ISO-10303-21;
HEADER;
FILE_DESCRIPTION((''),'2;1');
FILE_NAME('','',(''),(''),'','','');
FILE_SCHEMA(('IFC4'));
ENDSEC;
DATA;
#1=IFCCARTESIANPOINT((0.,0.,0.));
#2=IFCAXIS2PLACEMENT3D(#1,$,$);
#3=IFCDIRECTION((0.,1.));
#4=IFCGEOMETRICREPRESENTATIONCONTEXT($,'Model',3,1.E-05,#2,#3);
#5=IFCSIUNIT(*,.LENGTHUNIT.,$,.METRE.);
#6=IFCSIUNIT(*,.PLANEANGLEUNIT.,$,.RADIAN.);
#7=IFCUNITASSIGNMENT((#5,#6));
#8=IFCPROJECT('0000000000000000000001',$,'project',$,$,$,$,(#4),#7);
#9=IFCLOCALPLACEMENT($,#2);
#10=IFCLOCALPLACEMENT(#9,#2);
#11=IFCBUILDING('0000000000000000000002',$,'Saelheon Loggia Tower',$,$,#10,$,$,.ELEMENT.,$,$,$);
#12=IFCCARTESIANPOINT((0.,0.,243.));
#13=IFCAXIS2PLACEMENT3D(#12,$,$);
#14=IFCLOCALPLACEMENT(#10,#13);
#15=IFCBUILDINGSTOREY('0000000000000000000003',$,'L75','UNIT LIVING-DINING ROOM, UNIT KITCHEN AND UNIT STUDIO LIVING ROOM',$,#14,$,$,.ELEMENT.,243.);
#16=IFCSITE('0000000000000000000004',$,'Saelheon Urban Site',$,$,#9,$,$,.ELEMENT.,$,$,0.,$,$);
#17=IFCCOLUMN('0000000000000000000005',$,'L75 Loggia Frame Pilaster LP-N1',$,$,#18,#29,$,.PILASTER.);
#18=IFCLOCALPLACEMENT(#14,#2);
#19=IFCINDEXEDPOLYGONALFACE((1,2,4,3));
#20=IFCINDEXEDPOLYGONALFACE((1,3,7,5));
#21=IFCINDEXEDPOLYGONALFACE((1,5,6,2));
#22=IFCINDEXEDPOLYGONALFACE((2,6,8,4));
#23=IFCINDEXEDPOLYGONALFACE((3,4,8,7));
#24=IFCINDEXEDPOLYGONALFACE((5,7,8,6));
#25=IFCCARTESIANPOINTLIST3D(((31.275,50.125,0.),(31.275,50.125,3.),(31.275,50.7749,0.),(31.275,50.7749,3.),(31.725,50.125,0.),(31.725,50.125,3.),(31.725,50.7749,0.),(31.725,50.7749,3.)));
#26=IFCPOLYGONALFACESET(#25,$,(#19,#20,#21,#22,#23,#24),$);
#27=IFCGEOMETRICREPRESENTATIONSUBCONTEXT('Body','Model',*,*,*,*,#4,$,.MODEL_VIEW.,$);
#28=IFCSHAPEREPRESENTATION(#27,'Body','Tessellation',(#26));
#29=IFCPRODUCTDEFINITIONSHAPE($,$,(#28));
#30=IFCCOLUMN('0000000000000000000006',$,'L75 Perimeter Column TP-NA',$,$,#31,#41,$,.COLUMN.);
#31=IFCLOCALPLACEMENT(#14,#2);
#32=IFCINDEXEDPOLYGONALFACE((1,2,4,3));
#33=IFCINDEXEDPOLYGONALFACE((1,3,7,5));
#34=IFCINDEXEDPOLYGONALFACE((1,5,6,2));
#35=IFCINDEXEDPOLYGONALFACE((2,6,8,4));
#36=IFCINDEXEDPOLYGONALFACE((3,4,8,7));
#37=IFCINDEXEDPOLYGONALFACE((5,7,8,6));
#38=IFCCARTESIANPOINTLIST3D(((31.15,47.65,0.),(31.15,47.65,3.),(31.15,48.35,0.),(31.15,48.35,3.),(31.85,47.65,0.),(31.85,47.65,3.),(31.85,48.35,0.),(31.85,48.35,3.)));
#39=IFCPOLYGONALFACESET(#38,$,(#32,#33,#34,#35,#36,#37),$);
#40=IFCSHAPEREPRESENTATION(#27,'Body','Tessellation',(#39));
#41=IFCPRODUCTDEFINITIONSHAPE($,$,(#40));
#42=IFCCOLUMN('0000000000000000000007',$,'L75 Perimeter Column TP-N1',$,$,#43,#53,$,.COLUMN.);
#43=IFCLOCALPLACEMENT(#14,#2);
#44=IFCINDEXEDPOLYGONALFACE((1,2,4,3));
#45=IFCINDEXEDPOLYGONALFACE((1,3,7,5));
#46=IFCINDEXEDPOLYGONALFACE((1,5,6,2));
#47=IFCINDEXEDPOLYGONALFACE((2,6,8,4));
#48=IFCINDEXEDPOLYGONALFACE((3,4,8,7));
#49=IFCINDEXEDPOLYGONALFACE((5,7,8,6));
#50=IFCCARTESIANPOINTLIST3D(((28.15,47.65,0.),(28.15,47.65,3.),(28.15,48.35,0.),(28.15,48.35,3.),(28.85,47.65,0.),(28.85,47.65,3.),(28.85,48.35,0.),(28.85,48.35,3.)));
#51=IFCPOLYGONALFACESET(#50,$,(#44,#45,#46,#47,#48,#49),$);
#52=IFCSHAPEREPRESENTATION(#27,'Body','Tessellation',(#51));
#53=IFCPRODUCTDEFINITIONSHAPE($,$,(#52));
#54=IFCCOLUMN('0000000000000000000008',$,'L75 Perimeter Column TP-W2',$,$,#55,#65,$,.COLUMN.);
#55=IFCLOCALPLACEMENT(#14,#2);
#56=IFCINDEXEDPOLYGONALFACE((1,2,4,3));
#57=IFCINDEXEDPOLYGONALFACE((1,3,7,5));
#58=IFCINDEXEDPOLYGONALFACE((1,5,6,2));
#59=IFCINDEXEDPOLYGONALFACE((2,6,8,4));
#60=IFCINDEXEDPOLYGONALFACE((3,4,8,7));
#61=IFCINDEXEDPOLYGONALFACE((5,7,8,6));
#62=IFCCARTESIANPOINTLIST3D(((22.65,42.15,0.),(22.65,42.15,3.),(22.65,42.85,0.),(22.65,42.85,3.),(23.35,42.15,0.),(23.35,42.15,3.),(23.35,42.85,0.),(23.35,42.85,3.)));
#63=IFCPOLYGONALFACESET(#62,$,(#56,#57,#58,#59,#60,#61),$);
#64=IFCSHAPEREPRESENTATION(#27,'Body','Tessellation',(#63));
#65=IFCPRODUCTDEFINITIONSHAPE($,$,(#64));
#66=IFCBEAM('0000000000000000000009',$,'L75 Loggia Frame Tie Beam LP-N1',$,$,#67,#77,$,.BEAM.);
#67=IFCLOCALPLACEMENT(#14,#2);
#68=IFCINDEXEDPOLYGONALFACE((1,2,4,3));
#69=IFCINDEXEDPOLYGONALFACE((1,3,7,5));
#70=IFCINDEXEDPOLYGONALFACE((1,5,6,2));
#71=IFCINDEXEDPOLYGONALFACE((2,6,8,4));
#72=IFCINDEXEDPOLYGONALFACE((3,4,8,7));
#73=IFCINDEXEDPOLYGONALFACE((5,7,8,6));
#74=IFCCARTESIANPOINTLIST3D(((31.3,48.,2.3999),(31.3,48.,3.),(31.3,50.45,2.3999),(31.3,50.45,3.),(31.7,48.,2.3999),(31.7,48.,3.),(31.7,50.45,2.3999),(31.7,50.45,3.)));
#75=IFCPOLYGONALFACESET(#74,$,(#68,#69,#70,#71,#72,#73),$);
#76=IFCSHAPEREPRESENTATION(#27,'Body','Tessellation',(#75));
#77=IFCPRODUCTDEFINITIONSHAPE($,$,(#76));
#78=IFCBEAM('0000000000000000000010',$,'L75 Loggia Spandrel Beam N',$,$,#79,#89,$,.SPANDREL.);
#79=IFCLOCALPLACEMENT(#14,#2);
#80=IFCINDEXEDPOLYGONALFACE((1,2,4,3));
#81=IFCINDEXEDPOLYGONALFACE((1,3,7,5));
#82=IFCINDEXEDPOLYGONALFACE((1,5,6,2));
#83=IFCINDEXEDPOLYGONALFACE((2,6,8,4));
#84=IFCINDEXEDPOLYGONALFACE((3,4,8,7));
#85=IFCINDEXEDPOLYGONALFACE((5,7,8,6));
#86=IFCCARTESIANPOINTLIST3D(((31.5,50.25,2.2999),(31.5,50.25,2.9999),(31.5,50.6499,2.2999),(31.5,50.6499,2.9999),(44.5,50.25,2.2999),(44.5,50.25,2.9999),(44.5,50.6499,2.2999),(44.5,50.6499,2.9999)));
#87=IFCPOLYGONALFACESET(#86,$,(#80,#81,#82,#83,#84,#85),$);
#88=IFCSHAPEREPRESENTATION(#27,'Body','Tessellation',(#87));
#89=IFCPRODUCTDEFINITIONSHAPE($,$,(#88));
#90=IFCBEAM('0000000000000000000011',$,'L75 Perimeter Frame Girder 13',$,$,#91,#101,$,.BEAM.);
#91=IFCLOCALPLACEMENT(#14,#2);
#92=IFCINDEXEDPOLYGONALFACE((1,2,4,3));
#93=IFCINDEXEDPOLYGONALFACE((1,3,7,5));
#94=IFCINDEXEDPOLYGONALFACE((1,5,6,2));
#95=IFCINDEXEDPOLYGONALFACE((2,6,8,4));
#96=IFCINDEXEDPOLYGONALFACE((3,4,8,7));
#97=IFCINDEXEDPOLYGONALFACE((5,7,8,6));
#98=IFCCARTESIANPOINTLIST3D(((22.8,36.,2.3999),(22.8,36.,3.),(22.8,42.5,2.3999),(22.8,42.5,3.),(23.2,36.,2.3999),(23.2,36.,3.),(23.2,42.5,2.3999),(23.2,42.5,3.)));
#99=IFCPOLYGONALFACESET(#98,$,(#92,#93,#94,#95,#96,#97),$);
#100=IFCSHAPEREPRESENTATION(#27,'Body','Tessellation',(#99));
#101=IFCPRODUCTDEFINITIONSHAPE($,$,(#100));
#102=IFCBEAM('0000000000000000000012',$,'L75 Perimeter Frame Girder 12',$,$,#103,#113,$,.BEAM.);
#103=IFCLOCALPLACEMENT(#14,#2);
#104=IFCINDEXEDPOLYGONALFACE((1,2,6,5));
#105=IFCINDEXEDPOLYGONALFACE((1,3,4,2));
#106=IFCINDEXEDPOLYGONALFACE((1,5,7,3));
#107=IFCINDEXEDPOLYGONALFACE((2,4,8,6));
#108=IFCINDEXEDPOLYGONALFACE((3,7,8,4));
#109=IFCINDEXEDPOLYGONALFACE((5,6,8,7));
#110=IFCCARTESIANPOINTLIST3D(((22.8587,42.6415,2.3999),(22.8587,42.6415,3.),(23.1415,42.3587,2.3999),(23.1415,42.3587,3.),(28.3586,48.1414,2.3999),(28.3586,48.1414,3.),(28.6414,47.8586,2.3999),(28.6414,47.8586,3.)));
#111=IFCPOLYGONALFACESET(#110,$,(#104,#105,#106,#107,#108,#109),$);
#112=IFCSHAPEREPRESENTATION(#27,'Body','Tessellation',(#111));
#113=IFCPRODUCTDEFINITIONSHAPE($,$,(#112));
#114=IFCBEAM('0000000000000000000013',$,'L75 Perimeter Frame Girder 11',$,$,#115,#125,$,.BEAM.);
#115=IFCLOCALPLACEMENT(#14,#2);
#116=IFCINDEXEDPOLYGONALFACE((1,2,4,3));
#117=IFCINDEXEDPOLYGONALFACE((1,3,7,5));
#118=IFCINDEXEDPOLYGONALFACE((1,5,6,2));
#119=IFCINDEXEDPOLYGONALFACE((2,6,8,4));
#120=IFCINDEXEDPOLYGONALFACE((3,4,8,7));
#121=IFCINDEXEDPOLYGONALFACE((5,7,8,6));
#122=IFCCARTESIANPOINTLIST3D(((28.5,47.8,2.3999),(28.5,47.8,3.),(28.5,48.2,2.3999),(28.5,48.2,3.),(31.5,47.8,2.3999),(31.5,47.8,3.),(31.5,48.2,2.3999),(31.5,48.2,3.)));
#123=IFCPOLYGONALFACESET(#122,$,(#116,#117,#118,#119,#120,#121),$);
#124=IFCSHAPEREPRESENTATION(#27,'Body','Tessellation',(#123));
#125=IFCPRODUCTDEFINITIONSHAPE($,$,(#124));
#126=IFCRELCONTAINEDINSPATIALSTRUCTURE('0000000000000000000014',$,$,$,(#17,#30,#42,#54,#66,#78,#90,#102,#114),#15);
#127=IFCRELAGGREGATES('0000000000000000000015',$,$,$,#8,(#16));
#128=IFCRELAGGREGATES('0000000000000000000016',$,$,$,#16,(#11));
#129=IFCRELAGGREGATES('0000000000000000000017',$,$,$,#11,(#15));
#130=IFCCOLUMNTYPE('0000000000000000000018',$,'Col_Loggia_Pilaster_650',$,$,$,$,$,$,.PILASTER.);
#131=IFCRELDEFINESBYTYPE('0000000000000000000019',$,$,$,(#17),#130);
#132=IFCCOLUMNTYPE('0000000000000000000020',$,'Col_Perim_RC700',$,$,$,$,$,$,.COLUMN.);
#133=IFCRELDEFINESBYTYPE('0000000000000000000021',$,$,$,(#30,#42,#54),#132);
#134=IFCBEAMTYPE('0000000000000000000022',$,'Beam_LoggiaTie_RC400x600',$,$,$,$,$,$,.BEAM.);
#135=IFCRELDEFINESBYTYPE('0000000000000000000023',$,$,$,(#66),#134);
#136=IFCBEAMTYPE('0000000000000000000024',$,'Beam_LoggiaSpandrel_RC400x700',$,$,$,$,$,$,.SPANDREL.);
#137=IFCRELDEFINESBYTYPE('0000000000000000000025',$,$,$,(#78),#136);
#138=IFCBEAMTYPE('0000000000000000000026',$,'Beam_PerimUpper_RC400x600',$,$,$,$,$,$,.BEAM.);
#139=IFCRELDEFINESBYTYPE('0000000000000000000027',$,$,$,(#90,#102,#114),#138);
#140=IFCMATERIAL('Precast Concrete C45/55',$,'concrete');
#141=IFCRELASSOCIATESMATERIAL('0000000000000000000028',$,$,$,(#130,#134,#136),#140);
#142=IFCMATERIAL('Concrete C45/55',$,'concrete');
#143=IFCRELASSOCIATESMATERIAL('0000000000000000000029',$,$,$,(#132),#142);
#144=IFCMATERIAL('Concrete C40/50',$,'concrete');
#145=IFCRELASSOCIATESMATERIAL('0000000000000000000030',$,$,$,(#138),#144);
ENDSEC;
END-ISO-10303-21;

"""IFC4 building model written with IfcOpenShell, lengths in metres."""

from ifc_helpers import new_model, si_unit, direction, frame, origin, origin_2d, place, context, subcontext, project, spatial, rectangle, extrude, source, transform, mapped, material, material_profile, profile_set, type_object, element, save


model = new_model("IFC4")

# Units and contexts
model_context = context("Model", 3, precision=1e-05, world=origin(), true_north=direction((0.0, 1.0)))
body_context = subcontext(model_context, "Body", "Model", "MODEL_VIEW")
ifc_project = project(units=[si_unit("LENGTHUNIT", "METRE"), si_unit("PLANEANGLEUNIT", "RADIAN")], contexts=[model_context])

# Site, building, storey
site_placement = place(None, origin())
site = spatial("IfcSite", under=ifc_project, at=site_placement, Name="Saelheon Urban Site", CompositionType="ELEMENT", RefElevation=0.0)
building_placement = place(site_placement, origin())
building = spatial("IfcBuilding", under=site, at=building_placement, Name="Saelheon Loggia Tower", CompositionType="ELEMENT")
storey_placement = place(building_placement, frame((0.0, 0.0, 243.0)))
storey = spatial("IfcBuildingStorey", under=building, at=storey_placement, Name="L75", Description="UNIT LIVING-DINING ROOM, UNIT KITCHEN AND UNIT STUDIO LIVING ROOM", CompositionType="ELEMENT", Elevation=243.0)

# Columns
ifc_material_1 = material(Name="Precast Concrete C45/55", Category="concrete")
ifc_material_profile_1 = material_profile(ifc_material_1, rectangle(XDim=0.45, YDim=0.6499, at=origin_2d()), Name="RC-450x650")
ifc_profile_set_1 = profile_set([ifc_material_profile_1], Name="Precast Concrete C45/55")
column_type_1 = type_object("IfcColumnType", Name="Col_Loggia_Pilaster_650", PredefinedType="PILASTER", material=ifc_profile_set_1)
shared_shape_1 = source(origin(), body_context, "Body", "SweptSolid", [
    extrude(rectangle(XDim=0.45, YDim=0.6499, at=origin_2d()), origin(), (0.0, 0.0, 1.0), 3.0),
])
column_placement = place(storey_placement, frame((31.5, 50.45, 0.0), z_axis=(0.0, 0.0, 1.0), x_axis=(1.0, 0.0, 0.0)))
element("IfcColumn", 1, at=column_placement, inside=storey, type_object=column_type_1, Name="L75 Loggia Frame Pilaster LP-N1", PredefinedType="PILASTER", context=body_context, shape_type="MappedRepresentation", body=[
    mapped(shared_shape_1, transform((0.0, 0.0, 0.0), scale=1.0)),
])
ifc_material_2 = material(Name="Concrete C45/55", Category="concrete")
ifc_material_profile_2 = material_profile(ifc_material_2, rectangle(XDim=0.7, YDim=0.7, at=origin_2d()), Name="RC-700x700")
ifc_profile_set_2 = profile_set([ifc_material_profile_2], Name="Concrete C45/55")
column_type_2 = type_object("IfcColumnType", Name="Col_Perim_RC700", PredefinedType="COLUMN", material=ifc_profile_set_2)
shared_shape_2 = source(origin(), body_context, "Body", "SweptSolid", [
    extrude(rectangle(XDim=0.7, YDim=0.7, at=origin_2d()), origin(), (0.0, 0.0, 1.0), 3.0),
])
for number, where, z_axis, x_axis, name in (
    (2, (31.5, 48.0, 0.0), (0.0, 0.0, 1.0), (1.0, 0.0, 0.0), "L75 Perimeter Column TP-NA"),
    (3, (28.5, 48.0, 0.0), (0.0, 0.0, 1.0), (1.0, 0.0, 0.0), "L75 Perimeter Column TP-N1"),
    (4, (23.0, 42.5, 0.0), (0.0, 0.0, 1.0), (1.0, 0.0, 0.0), "L75 Perimeter Column TP-W2"),
):
    element("IfcColumn", number, at=place(storey_placement, frame(where, z_axis=z_axis, x_axis=x_axis)), inside=storey, type_object=column_type_2, Name=name, PredefinedType="COLUMN", context=body_context, shape_type="MappedRepresentation", body=[
        mapped(shared_shape_2, transform((0.0, 0.0, 0.0), scale=1.0)),
    ])

# Beams
ifc_material_profile_3 = material_profile(ifc_material_1, rectangle(XDim=0.3999, YDim=0.6001, at=origin_2d()), Name="RC-400x600")
ifc_profile_set_3 = profile_set([ifc_material_profile_3], Name="Precast Concrete C45/55")
beam_type_1 = type_object("IfcBeamType", Name="Beam_LoggiaTie_RC400x600", PredefinedType="BEAM", material=ifc_profile_set_3)
shared_shape_3 = source(origin(), body_context, "Body", "SweptSolid", [
    extrude(rectangle(XDim=0.3999, YDim=0.6001, at=origin_2d()), origin(), (0.0, 0.0, 1.0), 2.45),
])
beam_1_placement = place(storey_placement, frame((31.5, 48.0, 2.7), z_axis=(0.0, 1.0, 0.0), x_axis=(-1.0, 0.0, 0.0)))
element("IfcBeam", 5, at=beam_1_placement, inside=storey, type_object=beam_type_1, Name="L75 Loggia Frame Tie Beam LP-N1", PredefinedType="BEAM", context=body_context, shape_type="MappedRepresentation", body=[
    mapped(shared_shape_3, transform((0.0, 0.0, 0.0), scale=1.0)),
])
ifc_material_profile_4 = material_profile(ifc_material_1, rectangle(XDim=0.3999, YDim=0.7, at=origin_2d()), Name="RC-400x700")
ifc_profile_set_4 = profile_set([ifc_material_profile_4], Name="Precast Concrete C45/55")
beam_type_2 = type_object("IfcBeamType", Name="Beam_LoggiaSpandrel_RC400x700", PredefinedType="SPANDREL", material=ifc_profile_set_4)
shared_shape_4 = source(origin(), body_context, "Body", "SweptSolid", [
    extrude(rectangle(XDim=0.3999, YDim=0.7, at=origin_2d()), origin(), (0.0, 0.0, 1.0), 13.0),
])
beam_2_placement = place(storey_placement, frame((31.5, 50.45, 2.6499), z_axis=(1.0, 0.0, 0.0), x_axis=(0.0, 1.0, 0.0)))
element("IfcBeam", 6, at=beam_2_placement, inside=storey, type_object=beam_type_2, Name="L75 Loggia Spandrel Beam N", PredefinedType="SPANDREL", context=body_context, shape_type="MappedRepresentation", body=[
    mapped(shared_shape_4, transform((0.0, 0.0, 0.0), scale=1.0)),
])
ifc_material_3 = material(Name="Concrete C40/50", Category="concrete")
ifc_material_profile_5 = material_profile(ifc_material_3, rectangle(XDim=0.3999, YDim=0.6001, at=origin_2d()), Name="RC-400x600")
ifc_profile_set_5 = profile_set([ifc_material_profile_5], Name="Concrete C40/50")
beam_type_3 = type_object("IfcBeamType", Name="Beam_PerimUpper_RC400x600", PredefinedType="BEAM", material=ifc_profile_set_5)
shared_shape_5 = source(origin(), body_context, "Body", "SweptSolid", [
    extrude(rectangle(XDim=0.3999, YDim=0.6001, at=origin_2d()), origin(), (0.0, 0.0, 1.0), 6.5),
])
beam_3_placement = place(storey_placement, frame((23.0, 42.5, 2.7), z_axis=(0.0, -1.0, 0.0), x_axis=(1.0, 0.0, 0.0)))
element("IfcBeam", 7, at=beam_3_placement, inside=storey, type_object=beam_type_3, Name="L75 Perimeter Frame Girder 13", PredefinedType="BEAM", context=body_context, shape_type="MappedRepresentation", body=[
    mapped(shared_shape_5, transform((0.0, 0.0, 0.0), scale=1.0)),
])
shared_shape_6 = source(origin(), body_context, "Body", "SweptSolid", [
    extrude(rectangle(XDim=0.3999, YDim=0.6001, at=origin_2d()), origin(), (0.0, 0.0, 1.0), 7.7781),
])
beam_4_placement = place(storey_placement, frame((28.5, 48.0, 2.7), z_axis=(-0.707107, -0.707107, 0.0), x_axis=(0.707107, -0.707107, 0.0)))
element("IfcBeam", 8, at=beam_4_placement, inside=storey, type_object=beam_type_3, Name="L75 Perimeter Frame Girder 12", PredefinedType="BEAM", context=body_context, shape_type="MappedRepresentation", body=[
    mapped(shared_shape_6, transform((0.0, 0.0, 0.0), scale=1.0)),
])
shared_shape_7 = source(origin(), body_context, "Body", "SweptSolid", [
    extrude(rectangle(XDim=0.3999, YDim=0.6001, at=origin_2d()), origin(), (0.0, 0.0, 1.0), 3.0),
])
beam_5_placement = place(storey_placement, frame((31.5, 48.0, 2.7), z_axis=(-1.0, 0.0, 0.0), x_axis=(0.0, -1.0, 0.0)))
element("IfcBeam", 9, at=beam_5_placement, inside=storey, type_object=beam_type_3, Name="L75 Perimeter Frame Girder 11", PredefinedType="BEAM", context=body_context, shape_type="MappedRepresentation", body=[
    mapped(shared_shape_7, transform((0.0, 0.0, 0.0), scale=1.0)),
])

save(model, "model.ifc")
